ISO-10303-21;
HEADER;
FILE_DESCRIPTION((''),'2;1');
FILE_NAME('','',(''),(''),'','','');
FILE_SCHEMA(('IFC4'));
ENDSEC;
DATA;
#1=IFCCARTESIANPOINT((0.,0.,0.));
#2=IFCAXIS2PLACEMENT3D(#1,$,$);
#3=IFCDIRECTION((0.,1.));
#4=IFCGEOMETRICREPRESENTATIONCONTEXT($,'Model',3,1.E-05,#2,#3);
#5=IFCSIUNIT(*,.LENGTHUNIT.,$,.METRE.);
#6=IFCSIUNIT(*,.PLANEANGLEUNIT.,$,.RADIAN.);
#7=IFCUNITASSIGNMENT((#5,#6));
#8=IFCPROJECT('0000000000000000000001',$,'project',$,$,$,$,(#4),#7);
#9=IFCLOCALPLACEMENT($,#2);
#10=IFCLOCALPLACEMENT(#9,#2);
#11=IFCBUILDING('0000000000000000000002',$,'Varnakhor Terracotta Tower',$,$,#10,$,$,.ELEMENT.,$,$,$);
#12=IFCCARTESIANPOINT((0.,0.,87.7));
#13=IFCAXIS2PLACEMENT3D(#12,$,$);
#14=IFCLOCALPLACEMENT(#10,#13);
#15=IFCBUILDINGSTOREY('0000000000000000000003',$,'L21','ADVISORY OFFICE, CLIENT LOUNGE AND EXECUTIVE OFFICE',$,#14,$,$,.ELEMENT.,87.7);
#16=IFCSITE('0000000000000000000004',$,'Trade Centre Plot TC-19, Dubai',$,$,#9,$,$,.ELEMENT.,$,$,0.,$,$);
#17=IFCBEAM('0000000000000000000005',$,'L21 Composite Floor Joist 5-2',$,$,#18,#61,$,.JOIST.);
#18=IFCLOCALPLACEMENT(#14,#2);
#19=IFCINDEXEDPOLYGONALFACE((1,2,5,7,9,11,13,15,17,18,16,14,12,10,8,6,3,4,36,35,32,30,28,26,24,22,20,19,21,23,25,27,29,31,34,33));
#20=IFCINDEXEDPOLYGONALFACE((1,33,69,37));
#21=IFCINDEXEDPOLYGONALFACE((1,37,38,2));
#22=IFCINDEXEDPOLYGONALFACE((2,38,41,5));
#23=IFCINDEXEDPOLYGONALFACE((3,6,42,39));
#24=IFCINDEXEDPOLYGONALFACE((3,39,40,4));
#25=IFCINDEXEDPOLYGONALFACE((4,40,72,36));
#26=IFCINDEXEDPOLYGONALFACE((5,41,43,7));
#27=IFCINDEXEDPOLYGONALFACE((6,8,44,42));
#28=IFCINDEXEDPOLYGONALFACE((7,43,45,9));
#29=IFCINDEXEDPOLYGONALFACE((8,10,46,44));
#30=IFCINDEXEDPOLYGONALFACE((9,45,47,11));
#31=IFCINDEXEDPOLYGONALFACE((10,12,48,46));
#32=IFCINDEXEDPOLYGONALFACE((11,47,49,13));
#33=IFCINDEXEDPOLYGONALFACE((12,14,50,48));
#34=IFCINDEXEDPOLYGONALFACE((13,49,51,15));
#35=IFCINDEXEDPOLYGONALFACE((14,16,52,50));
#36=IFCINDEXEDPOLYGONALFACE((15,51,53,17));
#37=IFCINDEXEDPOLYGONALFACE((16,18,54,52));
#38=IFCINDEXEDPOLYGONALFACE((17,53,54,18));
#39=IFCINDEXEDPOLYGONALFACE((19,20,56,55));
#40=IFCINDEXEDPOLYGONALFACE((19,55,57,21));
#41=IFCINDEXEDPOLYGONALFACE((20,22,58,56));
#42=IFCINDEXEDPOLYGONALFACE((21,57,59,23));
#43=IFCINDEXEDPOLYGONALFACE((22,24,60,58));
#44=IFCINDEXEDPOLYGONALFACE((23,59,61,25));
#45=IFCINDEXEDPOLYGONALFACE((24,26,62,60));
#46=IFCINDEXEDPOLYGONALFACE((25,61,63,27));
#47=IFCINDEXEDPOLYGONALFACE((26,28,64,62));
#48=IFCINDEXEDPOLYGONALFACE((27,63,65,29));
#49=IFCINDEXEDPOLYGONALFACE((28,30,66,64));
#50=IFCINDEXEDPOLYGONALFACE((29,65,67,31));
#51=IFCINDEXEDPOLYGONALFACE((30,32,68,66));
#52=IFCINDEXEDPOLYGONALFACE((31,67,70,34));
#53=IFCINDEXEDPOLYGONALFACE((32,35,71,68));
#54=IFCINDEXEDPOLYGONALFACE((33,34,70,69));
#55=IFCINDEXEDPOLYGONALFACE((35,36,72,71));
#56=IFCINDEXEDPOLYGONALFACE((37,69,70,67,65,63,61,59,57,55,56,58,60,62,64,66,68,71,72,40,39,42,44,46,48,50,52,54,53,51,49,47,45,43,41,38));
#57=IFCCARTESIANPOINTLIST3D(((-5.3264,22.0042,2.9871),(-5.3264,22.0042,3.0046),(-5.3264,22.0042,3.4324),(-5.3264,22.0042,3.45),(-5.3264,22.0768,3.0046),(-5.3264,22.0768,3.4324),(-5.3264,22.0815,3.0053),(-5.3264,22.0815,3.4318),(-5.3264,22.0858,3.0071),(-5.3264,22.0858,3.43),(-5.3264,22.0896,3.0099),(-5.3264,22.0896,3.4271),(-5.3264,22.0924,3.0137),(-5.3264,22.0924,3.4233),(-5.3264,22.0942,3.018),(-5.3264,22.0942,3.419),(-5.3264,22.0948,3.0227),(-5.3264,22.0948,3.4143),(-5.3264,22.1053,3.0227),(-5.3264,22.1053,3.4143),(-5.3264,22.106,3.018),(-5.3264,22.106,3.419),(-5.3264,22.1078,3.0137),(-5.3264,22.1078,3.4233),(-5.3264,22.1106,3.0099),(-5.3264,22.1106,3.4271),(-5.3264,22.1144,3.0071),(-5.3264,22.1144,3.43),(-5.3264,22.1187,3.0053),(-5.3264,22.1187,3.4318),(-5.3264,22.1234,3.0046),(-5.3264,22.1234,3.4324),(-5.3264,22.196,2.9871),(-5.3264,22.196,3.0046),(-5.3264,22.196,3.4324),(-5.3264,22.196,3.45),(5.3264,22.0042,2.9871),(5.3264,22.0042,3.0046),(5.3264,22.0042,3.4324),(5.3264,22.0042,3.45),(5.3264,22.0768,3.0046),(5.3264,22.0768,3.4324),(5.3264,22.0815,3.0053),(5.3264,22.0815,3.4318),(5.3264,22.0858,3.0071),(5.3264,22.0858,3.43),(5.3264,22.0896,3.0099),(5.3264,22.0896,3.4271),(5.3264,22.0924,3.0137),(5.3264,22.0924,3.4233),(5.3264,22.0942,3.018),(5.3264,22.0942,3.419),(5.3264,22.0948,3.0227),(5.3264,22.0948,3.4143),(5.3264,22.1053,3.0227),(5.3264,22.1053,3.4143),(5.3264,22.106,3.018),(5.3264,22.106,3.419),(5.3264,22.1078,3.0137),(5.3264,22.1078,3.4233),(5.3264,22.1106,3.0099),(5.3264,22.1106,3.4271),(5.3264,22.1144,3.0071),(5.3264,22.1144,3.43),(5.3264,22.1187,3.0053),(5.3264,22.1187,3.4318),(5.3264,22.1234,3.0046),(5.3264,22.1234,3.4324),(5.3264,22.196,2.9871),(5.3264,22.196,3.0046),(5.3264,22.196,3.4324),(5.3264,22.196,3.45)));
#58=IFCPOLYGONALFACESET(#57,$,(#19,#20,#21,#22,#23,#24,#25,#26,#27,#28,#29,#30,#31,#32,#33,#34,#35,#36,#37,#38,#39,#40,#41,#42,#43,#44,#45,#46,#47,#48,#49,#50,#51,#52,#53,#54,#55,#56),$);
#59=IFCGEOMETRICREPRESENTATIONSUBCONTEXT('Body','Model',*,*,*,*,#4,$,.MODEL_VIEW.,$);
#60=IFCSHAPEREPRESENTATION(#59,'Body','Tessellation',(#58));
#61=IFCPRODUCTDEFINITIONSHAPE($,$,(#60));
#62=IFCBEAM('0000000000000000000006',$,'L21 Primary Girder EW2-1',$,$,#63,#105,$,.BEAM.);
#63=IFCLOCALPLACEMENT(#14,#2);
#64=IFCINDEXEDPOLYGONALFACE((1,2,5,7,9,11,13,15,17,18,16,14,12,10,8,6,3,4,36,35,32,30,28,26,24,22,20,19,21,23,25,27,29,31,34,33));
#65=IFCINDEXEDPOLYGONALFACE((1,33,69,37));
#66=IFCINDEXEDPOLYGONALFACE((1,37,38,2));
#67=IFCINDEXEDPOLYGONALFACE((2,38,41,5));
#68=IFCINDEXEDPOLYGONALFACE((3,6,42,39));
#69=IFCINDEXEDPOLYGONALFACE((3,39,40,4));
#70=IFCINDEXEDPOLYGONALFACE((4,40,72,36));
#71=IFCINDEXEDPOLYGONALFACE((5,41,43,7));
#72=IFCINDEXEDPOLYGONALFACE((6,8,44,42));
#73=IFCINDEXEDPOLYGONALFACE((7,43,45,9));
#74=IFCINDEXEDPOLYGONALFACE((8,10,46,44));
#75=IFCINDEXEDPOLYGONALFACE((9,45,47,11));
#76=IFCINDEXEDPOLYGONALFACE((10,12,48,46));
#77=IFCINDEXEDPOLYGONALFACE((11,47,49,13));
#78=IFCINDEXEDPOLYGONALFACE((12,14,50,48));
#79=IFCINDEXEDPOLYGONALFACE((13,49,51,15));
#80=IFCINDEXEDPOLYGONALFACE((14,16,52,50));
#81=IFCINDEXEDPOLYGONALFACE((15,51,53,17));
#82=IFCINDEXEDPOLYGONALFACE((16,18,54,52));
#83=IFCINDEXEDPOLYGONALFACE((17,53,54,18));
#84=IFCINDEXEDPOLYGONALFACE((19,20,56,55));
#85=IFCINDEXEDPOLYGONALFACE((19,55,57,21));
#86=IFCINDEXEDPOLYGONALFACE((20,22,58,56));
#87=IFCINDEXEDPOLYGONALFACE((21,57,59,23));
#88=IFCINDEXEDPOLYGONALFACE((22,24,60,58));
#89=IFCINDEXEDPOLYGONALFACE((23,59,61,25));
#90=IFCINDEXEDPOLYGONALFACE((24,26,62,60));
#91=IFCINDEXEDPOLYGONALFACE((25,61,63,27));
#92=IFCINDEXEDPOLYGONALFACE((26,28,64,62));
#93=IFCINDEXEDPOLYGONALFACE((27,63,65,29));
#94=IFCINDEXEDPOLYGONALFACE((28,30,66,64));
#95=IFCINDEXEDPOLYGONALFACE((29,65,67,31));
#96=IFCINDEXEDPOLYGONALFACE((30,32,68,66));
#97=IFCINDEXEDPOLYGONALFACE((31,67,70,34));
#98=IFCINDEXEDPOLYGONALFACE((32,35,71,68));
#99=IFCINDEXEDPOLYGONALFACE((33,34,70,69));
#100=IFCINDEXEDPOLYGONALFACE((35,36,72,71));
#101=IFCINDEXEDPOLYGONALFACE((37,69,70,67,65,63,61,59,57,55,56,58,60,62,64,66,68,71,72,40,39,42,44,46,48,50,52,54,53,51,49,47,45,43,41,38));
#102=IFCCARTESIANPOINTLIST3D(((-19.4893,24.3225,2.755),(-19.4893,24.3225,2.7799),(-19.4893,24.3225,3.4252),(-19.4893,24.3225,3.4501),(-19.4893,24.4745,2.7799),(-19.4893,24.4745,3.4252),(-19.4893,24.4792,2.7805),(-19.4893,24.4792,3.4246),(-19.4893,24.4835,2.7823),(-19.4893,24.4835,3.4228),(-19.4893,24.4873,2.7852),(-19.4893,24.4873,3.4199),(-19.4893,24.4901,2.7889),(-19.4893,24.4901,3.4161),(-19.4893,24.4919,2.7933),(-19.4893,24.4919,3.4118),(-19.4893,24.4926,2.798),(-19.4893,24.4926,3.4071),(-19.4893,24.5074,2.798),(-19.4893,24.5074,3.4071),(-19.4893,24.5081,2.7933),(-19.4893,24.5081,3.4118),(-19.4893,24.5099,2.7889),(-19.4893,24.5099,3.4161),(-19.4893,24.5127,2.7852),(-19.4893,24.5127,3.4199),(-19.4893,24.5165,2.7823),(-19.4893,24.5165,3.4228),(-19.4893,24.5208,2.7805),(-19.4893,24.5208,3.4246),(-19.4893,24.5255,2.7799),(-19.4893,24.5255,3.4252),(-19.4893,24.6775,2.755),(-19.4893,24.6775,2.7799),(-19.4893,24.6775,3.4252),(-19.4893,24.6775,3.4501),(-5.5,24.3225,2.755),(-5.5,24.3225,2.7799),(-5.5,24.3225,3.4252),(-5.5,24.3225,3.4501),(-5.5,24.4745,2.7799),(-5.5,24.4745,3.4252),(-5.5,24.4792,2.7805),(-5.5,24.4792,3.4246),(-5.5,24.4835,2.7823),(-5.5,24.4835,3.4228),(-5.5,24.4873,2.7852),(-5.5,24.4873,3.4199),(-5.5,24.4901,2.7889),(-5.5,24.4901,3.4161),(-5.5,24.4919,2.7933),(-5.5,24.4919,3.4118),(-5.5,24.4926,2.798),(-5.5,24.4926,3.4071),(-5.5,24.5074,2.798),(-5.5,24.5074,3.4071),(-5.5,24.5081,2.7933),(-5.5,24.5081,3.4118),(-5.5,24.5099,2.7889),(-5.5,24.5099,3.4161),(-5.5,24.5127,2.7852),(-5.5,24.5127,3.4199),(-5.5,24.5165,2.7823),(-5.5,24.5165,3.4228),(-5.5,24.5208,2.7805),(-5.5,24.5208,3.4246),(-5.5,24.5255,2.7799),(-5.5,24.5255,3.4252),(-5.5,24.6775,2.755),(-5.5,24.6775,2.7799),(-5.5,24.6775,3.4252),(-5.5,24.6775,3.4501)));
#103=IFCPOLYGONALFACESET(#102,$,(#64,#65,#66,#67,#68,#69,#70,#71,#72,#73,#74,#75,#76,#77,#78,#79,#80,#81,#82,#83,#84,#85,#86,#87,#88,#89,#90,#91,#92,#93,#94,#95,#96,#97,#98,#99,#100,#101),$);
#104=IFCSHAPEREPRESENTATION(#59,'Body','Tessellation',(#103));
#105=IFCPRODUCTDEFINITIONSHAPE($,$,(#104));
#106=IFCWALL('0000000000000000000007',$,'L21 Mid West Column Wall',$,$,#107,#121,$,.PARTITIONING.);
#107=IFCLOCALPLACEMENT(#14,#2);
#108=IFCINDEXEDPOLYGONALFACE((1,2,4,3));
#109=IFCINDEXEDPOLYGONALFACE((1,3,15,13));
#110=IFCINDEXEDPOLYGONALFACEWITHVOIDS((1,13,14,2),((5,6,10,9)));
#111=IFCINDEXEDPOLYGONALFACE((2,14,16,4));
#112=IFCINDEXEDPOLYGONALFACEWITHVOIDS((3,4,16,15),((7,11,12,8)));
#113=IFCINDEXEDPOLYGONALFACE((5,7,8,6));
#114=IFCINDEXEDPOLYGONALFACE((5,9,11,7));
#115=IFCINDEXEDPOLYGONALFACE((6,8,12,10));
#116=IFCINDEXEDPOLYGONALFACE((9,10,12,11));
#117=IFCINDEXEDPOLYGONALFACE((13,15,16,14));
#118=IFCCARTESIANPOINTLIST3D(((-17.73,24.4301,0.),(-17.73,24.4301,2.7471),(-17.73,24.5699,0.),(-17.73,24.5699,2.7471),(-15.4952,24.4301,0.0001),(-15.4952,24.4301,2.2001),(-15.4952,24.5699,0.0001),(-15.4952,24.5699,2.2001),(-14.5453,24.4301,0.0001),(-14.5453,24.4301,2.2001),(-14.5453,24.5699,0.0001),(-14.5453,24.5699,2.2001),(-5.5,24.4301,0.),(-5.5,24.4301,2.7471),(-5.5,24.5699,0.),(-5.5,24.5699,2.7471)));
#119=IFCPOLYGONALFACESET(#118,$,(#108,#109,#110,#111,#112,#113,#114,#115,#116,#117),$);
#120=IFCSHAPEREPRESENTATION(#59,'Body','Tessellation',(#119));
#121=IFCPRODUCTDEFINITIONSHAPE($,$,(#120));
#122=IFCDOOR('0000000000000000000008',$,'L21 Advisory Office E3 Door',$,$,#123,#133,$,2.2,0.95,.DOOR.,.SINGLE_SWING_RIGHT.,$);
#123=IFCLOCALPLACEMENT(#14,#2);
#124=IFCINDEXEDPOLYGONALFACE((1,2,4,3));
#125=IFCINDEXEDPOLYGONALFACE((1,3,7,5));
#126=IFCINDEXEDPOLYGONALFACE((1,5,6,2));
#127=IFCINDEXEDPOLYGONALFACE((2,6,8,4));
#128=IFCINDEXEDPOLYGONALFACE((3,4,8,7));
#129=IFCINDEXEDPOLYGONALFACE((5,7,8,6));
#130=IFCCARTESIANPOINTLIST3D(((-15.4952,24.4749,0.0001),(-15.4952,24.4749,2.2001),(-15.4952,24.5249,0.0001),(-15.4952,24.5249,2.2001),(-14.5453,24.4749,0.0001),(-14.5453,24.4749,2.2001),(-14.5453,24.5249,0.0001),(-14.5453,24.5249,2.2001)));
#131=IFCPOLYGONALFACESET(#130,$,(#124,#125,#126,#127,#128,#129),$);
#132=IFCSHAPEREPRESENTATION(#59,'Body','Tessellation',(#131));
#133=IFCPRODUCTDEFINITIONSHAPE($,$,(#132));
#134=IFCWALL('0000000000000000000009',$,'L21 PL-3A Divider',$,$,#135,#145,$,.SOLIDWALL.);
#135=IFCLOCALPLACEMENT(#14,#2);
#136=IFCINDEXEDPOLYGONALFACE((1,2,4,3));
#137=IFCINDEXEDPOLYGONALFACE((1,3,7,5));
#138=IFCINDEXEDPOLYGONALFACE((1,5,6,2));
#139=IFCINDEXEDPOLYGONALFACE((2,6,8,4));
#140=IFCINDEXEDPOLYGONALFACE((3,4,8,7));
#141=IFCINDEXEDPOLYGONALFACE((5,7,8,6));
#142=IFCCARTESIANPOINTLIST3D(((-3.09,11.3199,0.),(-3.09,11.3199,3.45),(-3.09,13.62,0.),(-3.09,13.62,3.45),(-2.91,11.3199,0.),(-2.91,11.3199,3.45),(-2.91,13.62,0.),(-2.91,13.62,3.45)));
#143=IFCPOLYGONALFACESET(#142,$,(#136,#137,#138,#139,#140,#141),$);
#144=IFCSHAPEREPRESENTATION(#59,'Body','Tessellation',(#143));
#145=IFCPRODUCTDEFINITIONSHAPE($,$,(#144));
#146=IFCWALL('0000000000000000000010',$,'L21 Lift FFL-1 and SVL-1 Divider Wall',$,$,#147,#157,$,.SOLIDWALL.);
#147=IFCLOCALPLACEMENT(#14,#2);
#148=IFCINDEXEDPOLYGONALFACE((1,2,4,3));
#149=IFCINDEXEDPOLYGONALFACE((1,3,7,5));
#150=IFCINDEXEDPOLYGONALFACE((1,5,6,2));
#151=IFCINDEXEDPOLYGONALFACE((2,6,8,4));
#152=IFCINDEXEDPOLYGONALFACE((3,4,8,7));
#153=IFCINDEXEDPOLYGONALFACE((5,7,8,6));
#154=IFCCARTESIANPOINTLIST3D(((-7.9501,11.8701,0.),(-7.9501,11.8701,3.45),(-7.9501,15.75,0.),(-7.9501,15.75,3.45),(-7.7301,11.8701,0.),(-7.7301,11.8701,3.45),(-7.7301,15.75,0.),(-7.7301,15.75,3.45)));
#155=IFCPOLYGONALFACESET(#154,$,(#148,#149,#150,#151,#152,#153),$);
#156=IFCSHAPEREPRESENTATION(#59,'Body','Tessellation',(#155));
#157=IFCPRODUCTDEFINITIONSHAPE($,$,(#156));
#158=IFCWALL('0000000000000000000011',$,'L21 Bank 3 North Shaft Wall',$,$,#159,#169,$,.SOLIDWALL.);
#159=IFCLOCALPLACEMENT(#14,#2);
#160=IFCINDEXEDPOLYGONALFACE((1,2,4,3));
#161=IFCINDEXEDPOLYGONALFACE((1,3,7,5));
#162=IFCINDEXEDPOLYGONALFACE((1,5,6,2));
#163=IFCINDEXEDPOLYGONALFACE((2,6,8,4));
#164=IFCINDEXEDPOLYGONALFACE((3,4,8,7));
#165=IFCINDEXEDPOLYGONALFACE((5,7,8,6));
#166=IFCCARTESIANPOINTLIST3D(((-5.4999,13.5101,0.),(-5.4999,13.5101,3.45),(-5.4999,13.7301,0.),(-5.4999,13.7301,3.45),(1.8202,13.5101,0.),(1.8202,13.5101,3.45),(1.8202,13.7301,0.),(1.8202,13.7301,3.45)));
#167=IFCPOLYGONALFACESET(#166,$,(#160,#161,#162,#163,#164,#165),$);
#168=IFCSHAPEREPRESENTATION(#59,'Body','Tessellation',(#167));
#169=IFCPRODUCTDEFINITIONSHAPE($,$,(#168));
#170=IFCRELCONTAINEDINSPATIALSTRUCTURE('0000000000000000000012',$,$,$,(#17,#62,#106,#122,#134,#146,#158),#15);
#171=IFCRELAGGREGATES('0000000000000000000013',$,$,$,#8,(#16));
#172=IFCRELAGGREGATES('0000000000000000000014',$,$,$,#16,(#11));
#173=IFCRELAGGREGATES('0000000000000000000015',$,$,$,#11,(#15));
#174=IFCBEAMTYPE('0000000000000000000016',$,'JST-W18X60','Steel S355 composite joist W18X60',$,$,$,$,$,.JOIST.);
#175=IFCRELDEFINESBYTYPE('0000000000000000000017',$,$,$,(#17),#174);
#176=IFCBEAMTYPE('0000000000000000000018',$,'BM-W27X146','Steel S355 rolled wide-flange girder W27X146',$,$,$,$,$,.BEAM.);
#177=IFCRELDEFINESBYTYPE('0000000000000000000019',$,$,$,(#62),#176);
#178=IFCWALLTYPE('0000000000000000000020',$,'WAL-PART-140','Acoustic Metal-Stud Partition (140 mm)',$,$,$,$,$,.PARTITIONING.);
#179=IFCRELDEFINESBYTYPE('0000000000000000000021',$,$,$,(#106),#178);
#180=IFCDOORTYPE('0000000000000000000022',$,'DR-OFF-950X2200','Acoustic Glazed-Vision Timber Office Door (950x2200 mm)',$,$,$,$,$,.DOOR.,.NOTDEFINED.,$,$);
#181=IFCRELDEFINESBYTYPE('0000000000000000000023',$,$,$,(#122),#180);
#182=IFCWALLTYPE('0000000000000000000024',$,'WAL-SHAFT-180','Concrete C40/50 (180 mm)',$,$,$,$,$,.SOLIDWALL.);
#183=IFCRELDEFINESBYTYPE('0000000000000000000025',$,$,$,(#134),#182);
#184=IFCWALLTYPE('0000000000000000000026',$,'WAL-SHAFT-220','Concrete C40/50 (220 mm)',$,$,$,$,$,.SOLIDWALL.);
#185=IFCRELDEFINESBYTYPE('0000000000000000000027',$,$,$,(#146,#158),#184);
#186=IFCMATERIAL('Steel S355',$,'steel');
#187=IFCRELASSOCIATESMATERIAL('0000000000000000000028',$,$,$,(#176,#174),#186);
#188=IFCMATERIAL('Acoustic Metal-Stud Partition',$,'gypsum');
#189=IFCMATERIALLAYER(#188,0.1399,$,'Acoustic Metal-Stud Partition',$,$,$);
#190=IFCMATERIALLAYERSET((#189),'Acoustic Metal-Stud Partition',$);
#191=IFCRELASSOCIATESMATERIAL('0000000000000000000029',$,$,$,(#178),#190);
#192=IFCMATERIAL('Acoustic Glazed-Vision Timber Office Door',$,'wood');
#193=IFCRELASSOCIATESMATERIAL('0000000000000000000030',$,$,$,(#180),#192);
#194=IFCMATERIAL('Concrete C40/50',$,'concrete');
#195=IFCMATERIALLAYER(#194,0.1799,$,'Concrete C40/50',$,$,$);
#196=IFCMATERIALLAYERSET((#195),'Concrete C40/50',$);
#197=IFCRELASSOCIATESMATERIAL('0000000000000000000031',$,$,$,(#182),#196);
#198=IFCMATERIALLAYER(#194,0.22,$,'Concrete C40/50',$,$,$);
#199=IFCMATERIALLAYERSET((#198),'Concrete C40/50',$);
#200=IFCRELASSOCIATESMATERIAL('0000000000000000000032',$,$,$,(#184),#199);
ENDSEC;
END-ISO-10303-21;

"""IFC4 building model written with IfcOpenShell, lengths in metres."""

from ifc_helpers import new_model, si_unit, direction, frame, frame_2d, origin, origin_2d, place, context, subcontext, project, spatial, rectangle, i_section, extrude, source, transform, mapped, material, layer, layer_set, material_profile, profile_set, type_object, type_shapes, element, fill, save


model = new_model("IFC4")

# Units and contexts
model_context = context("Model", 3, precision=1e-05, world=origin(), true_north=direction((0.0, 1.0)))
body_context = subcontext(model_context, "Body", "Model", "MODEL_VIEW")
ifc_project = project(units=[si_unit("LENGTHUNIT", "METRE"), si_unit("PLANEANGLEUNIT", "RADIAN")], contexts=[model_context])

# Site, building, storey
site_placement = place(None, origin())
site = spatial("IfcSite", under=ifc_project, at=site_placement, Name="Trade Centre Plot TC-19, Dubai", CompositionType="ELEMENT", RefElevation=0.0)
building_placement = place(site_placement, origin())
building = spatial("IfcBuilding", under=site, at=building_placement, Name="Varnakhor Terracotta Tower", CompositionType="ELEMENT")
storey_placement = place(building_placement, frame((0.0, 0.0, 87.7)))
storey = spatial("IfcBuildingStorey", under=building, at=storey_placement, Name="L21", Description="ADVISORY OFFICE, CLIENT LOUNGE AND EXECUTIVE OFFICE", CompositionType="ELEMENT", Elevation=87.7)

# Beams
ifc_material_1 = material(Name="Steel S355", Category="steel")
ifc_material_profile_1 = material_profile(ifc_material_1, i_section(OverallWidth=0.355, OverallDepth=0.6951, WebThickness=0.0149, FlangeThickness=0.0249, FilletRadius=0.0181, at=origin_2d()), Name="W27X146")
ifc_profile_set_1 = profile_set([ifc_material_profile_1], Name="Steel S355")
beam_type_1 = type_object("IfcBeamType", Name="BM-W27X146", Description="Steel S355 rolled wide-flange girder W27X146", PredefinedType="BEAM", material=ifc_profile_set_1)
ifc_material_profile_2 = material_profile(ifc_material_1, i_section(OverallWidth=0.1919, OverallDepth=0.4629, WebThickness=0.0105, FlangeThickness=0.0176, FilletRadius=0.0181, at=origin_2d()), Name="W18X60")
ifc_profile_set_2 = profile_set([ifc_material_profile_2], Name="Steel S355")
beam_type_2 = type_object("IfcBeamType", Name="JST-W18X60", Description="Steel S355 composite joist W18X60", PredefinedType="JOIST", material=ifc_profile_set_2)
shared_shape_1 = source(origin(), body_context, "Body", "SweptSolid", [
    extrude(i_section(OverallWidth=0.1919, OverallDepth=0.4629, WebThickness=0.0105, FlangeThickness=0.0176, FilletRadius=0.0181, at=origin_2d()), origin(), (0.0, 0.0, 1.0), 10.6528),
])
for number, where, z_axis, x_axis, name in (
    (1, (-5.3264, 22.1001, 3.2185), (1.0, 0.0, 0.0), (0.0, 1.0, 0.0), "L21 Composite Floor Joist 5-2"),
):
    element("IfcBeam", number, at=place(storey_placement, frame(where, z_axis=z_axis, x_axis=x_axis)), inside=storey, type_object=beam_type_2, Name=name, PredefinedType="JOIST", context=body_context, shape_type="MappedRepresentation", body=[
        mapped(shared_shape_1, transform((0.0, 0.0, 0.0), scale=1.0)),
    ])
shared_shape_2 = source(origin(), body_context, "Body", "SweptSolid", [
    extrude(i_section(OverallWidth=0.355, OverallDepth=0.6951, WebThickness=0.0149, FlangeThickness=0.0249, FilletRadius=0.0181, at=origin_2d()), origin(), (0.0, 0.0, 1.0), 13.9893),
])
beam_1_placement = place(storey_placement, frame((-19.4893, 24.5, 3.1025), z_axis=(1.0, 0.0, 0.0), x_axis=(0.0, 1.0, 0.0)))
element("IfcBeam", 2, at=beam_1_placement, inside=storey, type_object=beam_type_1, Name="L21 Primary Girder EW2-1", PredefinedType="BEAM", context=body_context, shape_type="MappedRepresentation", body=[
    mapped(shared_shape_2, transform((0.0, 0.0, 0.0), scale=1.0)),
])

# Wall, opening, door
ifc_material_2 = material(Name="Acoustic Metal-Stud Partition", Category="gypsum")
ifc_layer_1 = layer(ifc_material_2, 0.1399, Name="Acoustic Metal-Stud Partition")
ifc_layer_set_1 = layer_set([ifc_layer_1], Name="Acoustic Metal-Stud Partition")
wall_type_1 = type_object("IfcWallType", Name="WAL-PART-140", Description="Acoustic Metal-Stud Partition (140 mm)", PredefinedType="PARTITIONING", material=ifc_layer_set_1)
wall_1_placement = place(storey_placement, frame((-17.73, 24.5, 0.0), z_axis=(0.0, 0.0, 1.0), x_axis=(1.0, 0.0, 0.0)))
wall_1 = element("IfcWall", 3, at=wall_1_placement, inside=storey, type_object=wall_type_1, Name="L21 Mid West Column Wall", PredefinedType="PARTITIONING", context=body_context, shape_type="SweptSolid", body=[
    extrude(rectangle(XDim=12.23, YDim=0.1399, at=frame_2d((6.115, 0.0))), origin(), (0.0, 0.0, 1.0), 2.7471),
])
opening_1_placement = place(wall_1_placement, frame((2.2346, 0.0, 0.0)))
opening_1 = element("IfcOpeningElement", 4, at=opening_1_placement, cuts=wall_1, PredefinedType="OPENING", context=body_context, shape_type="SweptSolid", body=[
    extrude(rectangle(XDim=0.95, YDim=2.2, at=frame_2d((0.4751, 1.1001))), frame((0.0, 0.0801, 0.0), z_axis=(0.0, -1.0, 0.0), x_axis=(1.0, 0.0, 0.0)), (0.0, 0.0, 1.0), 0.1599),
])
ifc_material_3 = material(Name="Acoustic Glazed-Vision Timber Office Door", Category="wood")
door_type_1 = type_object("IfcDoorType", Name="DR-OFF-950X2200", Description="Acoustic Glazed-Vision Timber Office Door (950x2200 mm)", OperationType="NOTDEFINED", PredefinedType="DOOR", material=ifc_material_3)
shared_shape_3 = source(origin(), body_context, "Body", "SweptSolid", [
    extrude(rectangle(XDim=0.95, YDim=2.2, at=frame_2d((0.4751, 1.1001))), frame((0.0, 0.0249, 0.0), z_axis=(0.0, -1.0, 0.0), x_axis=(1.0, 0.0, 0.0)), (0.0, 0.0, 1.0), 0.05),
])
type_shapes(door_type_1, [shared_shape_3])
door_1_placement = place(opening_1_placement, origin())
door_1 = element("IfcDoor", 5, at=door_1_placement, inside=storey, type_object=door_type_1, Name="L21 Advisory Office E3 Door", OperationType="SINGLE_SWING_RIGHT", OverallHeight=2.2, OverallWidth=0.95, PredefinedType="DOOR", context=body_context, shape_type="MappedRepresentation", body=[
    mapped(shared_shape_3, transform((0.0, 0.0, 0.0), scale=1.0)),
])
fill(opening_1, door_1)

# Walls
ifc_material_4 = material(Name="Concrete C40/50", Category="concrete")
ifc_layer_2 = layer(ifc_material_4, 0.1799, Name="Concrete C40/50")
ifc_layer_set_2 = layer_set([ifc_layer_2], Name="Concrete C40/50")
wall_type_2 = type_object("IfcWallType", Name="WAL-SHAFT-180", Description="Concrete C40/50 (180 mm)", PredefinedType="SOLIDWALL", material=ifc_layer_set_2)
wall_2_placement = place(storey_placement, frame((-3.0, 11.3201, 0.0), z_axis=(0.0, 0.0, 1.0), x_axis=(0.0, 1.0, 0.0)))
element("IfcWall", 6, at=wall_2_placement, inside=storey, type_object=wall_type_2, Name="L21 PL-3A Divider", PredefinedType="SOLIDWALL", context=body_context, shape_type="SweptSolid", body=[
    extrude(rectangle(XDim=2.3, YDim=0.1799, at=frame_2d((1.1499, 0.0))), origin(), (0.0, 0.0, 1.0), 3.45),
])
ifc_layer_3 = layer(ifc_material_4, 0.22, Name="Concrete C40/50")
ifc_layer_set_3 = layer_set([ifc_layer_3], Name="Concrete C40/50")
wall_type_3 = type_object("IfcWallType", Name="WAL-SHAFT-220", Description="Concrete C40/50 (220 mm)", PredefinedType="SOLIDWALL", material=ifc_layer_set_3)
wall_3_placement = place(storey_placement, frame((-7.8401, 11.8701, 0.0), z_axis=(0.0, 0.0, 1.0), x_axis=(0.0, 1.0, 0.0)))
element("IfcWall", 7, at=wall_3_placement, inside=storey, type_object=wall_type_3, Name="L21 Lift FFL-1 and SVL-1 Divider Wall", PredefinedType="SOLIDWALL", context=body_context, shape_type="SweptSolid", body=[
    extrude(rectangle(XDim=3.8799, YDim=0.22, at=frame_2d((1.9399, 0.0))), origin(), (0.0, 0.0, 1.0), 3.45),
])
wall_4_placement = place(storey_placement, frame((-5.5, 13.6201, 0.0), z_axis=(0.0, 0.0, 1.0), x_axis=(1.0, 0.0, 0.0)))
element("IfcWall", 8, at=wall_4_placement, inside=storey, type_object=wall_type_3, Name="L21 Bank 3 North Shaft Wall", PredefinedType="SOLIDWALL", context=body_context, shape_type="SweptSolid", body=[
    extrude(rectangle(XDim=7.3201, YDim=0.22, at=frame_2d((3.6602, 0.0))), origin(), (0.0, 0.0, 1.0), 3.45),
])

save(model, "model.ifc")
